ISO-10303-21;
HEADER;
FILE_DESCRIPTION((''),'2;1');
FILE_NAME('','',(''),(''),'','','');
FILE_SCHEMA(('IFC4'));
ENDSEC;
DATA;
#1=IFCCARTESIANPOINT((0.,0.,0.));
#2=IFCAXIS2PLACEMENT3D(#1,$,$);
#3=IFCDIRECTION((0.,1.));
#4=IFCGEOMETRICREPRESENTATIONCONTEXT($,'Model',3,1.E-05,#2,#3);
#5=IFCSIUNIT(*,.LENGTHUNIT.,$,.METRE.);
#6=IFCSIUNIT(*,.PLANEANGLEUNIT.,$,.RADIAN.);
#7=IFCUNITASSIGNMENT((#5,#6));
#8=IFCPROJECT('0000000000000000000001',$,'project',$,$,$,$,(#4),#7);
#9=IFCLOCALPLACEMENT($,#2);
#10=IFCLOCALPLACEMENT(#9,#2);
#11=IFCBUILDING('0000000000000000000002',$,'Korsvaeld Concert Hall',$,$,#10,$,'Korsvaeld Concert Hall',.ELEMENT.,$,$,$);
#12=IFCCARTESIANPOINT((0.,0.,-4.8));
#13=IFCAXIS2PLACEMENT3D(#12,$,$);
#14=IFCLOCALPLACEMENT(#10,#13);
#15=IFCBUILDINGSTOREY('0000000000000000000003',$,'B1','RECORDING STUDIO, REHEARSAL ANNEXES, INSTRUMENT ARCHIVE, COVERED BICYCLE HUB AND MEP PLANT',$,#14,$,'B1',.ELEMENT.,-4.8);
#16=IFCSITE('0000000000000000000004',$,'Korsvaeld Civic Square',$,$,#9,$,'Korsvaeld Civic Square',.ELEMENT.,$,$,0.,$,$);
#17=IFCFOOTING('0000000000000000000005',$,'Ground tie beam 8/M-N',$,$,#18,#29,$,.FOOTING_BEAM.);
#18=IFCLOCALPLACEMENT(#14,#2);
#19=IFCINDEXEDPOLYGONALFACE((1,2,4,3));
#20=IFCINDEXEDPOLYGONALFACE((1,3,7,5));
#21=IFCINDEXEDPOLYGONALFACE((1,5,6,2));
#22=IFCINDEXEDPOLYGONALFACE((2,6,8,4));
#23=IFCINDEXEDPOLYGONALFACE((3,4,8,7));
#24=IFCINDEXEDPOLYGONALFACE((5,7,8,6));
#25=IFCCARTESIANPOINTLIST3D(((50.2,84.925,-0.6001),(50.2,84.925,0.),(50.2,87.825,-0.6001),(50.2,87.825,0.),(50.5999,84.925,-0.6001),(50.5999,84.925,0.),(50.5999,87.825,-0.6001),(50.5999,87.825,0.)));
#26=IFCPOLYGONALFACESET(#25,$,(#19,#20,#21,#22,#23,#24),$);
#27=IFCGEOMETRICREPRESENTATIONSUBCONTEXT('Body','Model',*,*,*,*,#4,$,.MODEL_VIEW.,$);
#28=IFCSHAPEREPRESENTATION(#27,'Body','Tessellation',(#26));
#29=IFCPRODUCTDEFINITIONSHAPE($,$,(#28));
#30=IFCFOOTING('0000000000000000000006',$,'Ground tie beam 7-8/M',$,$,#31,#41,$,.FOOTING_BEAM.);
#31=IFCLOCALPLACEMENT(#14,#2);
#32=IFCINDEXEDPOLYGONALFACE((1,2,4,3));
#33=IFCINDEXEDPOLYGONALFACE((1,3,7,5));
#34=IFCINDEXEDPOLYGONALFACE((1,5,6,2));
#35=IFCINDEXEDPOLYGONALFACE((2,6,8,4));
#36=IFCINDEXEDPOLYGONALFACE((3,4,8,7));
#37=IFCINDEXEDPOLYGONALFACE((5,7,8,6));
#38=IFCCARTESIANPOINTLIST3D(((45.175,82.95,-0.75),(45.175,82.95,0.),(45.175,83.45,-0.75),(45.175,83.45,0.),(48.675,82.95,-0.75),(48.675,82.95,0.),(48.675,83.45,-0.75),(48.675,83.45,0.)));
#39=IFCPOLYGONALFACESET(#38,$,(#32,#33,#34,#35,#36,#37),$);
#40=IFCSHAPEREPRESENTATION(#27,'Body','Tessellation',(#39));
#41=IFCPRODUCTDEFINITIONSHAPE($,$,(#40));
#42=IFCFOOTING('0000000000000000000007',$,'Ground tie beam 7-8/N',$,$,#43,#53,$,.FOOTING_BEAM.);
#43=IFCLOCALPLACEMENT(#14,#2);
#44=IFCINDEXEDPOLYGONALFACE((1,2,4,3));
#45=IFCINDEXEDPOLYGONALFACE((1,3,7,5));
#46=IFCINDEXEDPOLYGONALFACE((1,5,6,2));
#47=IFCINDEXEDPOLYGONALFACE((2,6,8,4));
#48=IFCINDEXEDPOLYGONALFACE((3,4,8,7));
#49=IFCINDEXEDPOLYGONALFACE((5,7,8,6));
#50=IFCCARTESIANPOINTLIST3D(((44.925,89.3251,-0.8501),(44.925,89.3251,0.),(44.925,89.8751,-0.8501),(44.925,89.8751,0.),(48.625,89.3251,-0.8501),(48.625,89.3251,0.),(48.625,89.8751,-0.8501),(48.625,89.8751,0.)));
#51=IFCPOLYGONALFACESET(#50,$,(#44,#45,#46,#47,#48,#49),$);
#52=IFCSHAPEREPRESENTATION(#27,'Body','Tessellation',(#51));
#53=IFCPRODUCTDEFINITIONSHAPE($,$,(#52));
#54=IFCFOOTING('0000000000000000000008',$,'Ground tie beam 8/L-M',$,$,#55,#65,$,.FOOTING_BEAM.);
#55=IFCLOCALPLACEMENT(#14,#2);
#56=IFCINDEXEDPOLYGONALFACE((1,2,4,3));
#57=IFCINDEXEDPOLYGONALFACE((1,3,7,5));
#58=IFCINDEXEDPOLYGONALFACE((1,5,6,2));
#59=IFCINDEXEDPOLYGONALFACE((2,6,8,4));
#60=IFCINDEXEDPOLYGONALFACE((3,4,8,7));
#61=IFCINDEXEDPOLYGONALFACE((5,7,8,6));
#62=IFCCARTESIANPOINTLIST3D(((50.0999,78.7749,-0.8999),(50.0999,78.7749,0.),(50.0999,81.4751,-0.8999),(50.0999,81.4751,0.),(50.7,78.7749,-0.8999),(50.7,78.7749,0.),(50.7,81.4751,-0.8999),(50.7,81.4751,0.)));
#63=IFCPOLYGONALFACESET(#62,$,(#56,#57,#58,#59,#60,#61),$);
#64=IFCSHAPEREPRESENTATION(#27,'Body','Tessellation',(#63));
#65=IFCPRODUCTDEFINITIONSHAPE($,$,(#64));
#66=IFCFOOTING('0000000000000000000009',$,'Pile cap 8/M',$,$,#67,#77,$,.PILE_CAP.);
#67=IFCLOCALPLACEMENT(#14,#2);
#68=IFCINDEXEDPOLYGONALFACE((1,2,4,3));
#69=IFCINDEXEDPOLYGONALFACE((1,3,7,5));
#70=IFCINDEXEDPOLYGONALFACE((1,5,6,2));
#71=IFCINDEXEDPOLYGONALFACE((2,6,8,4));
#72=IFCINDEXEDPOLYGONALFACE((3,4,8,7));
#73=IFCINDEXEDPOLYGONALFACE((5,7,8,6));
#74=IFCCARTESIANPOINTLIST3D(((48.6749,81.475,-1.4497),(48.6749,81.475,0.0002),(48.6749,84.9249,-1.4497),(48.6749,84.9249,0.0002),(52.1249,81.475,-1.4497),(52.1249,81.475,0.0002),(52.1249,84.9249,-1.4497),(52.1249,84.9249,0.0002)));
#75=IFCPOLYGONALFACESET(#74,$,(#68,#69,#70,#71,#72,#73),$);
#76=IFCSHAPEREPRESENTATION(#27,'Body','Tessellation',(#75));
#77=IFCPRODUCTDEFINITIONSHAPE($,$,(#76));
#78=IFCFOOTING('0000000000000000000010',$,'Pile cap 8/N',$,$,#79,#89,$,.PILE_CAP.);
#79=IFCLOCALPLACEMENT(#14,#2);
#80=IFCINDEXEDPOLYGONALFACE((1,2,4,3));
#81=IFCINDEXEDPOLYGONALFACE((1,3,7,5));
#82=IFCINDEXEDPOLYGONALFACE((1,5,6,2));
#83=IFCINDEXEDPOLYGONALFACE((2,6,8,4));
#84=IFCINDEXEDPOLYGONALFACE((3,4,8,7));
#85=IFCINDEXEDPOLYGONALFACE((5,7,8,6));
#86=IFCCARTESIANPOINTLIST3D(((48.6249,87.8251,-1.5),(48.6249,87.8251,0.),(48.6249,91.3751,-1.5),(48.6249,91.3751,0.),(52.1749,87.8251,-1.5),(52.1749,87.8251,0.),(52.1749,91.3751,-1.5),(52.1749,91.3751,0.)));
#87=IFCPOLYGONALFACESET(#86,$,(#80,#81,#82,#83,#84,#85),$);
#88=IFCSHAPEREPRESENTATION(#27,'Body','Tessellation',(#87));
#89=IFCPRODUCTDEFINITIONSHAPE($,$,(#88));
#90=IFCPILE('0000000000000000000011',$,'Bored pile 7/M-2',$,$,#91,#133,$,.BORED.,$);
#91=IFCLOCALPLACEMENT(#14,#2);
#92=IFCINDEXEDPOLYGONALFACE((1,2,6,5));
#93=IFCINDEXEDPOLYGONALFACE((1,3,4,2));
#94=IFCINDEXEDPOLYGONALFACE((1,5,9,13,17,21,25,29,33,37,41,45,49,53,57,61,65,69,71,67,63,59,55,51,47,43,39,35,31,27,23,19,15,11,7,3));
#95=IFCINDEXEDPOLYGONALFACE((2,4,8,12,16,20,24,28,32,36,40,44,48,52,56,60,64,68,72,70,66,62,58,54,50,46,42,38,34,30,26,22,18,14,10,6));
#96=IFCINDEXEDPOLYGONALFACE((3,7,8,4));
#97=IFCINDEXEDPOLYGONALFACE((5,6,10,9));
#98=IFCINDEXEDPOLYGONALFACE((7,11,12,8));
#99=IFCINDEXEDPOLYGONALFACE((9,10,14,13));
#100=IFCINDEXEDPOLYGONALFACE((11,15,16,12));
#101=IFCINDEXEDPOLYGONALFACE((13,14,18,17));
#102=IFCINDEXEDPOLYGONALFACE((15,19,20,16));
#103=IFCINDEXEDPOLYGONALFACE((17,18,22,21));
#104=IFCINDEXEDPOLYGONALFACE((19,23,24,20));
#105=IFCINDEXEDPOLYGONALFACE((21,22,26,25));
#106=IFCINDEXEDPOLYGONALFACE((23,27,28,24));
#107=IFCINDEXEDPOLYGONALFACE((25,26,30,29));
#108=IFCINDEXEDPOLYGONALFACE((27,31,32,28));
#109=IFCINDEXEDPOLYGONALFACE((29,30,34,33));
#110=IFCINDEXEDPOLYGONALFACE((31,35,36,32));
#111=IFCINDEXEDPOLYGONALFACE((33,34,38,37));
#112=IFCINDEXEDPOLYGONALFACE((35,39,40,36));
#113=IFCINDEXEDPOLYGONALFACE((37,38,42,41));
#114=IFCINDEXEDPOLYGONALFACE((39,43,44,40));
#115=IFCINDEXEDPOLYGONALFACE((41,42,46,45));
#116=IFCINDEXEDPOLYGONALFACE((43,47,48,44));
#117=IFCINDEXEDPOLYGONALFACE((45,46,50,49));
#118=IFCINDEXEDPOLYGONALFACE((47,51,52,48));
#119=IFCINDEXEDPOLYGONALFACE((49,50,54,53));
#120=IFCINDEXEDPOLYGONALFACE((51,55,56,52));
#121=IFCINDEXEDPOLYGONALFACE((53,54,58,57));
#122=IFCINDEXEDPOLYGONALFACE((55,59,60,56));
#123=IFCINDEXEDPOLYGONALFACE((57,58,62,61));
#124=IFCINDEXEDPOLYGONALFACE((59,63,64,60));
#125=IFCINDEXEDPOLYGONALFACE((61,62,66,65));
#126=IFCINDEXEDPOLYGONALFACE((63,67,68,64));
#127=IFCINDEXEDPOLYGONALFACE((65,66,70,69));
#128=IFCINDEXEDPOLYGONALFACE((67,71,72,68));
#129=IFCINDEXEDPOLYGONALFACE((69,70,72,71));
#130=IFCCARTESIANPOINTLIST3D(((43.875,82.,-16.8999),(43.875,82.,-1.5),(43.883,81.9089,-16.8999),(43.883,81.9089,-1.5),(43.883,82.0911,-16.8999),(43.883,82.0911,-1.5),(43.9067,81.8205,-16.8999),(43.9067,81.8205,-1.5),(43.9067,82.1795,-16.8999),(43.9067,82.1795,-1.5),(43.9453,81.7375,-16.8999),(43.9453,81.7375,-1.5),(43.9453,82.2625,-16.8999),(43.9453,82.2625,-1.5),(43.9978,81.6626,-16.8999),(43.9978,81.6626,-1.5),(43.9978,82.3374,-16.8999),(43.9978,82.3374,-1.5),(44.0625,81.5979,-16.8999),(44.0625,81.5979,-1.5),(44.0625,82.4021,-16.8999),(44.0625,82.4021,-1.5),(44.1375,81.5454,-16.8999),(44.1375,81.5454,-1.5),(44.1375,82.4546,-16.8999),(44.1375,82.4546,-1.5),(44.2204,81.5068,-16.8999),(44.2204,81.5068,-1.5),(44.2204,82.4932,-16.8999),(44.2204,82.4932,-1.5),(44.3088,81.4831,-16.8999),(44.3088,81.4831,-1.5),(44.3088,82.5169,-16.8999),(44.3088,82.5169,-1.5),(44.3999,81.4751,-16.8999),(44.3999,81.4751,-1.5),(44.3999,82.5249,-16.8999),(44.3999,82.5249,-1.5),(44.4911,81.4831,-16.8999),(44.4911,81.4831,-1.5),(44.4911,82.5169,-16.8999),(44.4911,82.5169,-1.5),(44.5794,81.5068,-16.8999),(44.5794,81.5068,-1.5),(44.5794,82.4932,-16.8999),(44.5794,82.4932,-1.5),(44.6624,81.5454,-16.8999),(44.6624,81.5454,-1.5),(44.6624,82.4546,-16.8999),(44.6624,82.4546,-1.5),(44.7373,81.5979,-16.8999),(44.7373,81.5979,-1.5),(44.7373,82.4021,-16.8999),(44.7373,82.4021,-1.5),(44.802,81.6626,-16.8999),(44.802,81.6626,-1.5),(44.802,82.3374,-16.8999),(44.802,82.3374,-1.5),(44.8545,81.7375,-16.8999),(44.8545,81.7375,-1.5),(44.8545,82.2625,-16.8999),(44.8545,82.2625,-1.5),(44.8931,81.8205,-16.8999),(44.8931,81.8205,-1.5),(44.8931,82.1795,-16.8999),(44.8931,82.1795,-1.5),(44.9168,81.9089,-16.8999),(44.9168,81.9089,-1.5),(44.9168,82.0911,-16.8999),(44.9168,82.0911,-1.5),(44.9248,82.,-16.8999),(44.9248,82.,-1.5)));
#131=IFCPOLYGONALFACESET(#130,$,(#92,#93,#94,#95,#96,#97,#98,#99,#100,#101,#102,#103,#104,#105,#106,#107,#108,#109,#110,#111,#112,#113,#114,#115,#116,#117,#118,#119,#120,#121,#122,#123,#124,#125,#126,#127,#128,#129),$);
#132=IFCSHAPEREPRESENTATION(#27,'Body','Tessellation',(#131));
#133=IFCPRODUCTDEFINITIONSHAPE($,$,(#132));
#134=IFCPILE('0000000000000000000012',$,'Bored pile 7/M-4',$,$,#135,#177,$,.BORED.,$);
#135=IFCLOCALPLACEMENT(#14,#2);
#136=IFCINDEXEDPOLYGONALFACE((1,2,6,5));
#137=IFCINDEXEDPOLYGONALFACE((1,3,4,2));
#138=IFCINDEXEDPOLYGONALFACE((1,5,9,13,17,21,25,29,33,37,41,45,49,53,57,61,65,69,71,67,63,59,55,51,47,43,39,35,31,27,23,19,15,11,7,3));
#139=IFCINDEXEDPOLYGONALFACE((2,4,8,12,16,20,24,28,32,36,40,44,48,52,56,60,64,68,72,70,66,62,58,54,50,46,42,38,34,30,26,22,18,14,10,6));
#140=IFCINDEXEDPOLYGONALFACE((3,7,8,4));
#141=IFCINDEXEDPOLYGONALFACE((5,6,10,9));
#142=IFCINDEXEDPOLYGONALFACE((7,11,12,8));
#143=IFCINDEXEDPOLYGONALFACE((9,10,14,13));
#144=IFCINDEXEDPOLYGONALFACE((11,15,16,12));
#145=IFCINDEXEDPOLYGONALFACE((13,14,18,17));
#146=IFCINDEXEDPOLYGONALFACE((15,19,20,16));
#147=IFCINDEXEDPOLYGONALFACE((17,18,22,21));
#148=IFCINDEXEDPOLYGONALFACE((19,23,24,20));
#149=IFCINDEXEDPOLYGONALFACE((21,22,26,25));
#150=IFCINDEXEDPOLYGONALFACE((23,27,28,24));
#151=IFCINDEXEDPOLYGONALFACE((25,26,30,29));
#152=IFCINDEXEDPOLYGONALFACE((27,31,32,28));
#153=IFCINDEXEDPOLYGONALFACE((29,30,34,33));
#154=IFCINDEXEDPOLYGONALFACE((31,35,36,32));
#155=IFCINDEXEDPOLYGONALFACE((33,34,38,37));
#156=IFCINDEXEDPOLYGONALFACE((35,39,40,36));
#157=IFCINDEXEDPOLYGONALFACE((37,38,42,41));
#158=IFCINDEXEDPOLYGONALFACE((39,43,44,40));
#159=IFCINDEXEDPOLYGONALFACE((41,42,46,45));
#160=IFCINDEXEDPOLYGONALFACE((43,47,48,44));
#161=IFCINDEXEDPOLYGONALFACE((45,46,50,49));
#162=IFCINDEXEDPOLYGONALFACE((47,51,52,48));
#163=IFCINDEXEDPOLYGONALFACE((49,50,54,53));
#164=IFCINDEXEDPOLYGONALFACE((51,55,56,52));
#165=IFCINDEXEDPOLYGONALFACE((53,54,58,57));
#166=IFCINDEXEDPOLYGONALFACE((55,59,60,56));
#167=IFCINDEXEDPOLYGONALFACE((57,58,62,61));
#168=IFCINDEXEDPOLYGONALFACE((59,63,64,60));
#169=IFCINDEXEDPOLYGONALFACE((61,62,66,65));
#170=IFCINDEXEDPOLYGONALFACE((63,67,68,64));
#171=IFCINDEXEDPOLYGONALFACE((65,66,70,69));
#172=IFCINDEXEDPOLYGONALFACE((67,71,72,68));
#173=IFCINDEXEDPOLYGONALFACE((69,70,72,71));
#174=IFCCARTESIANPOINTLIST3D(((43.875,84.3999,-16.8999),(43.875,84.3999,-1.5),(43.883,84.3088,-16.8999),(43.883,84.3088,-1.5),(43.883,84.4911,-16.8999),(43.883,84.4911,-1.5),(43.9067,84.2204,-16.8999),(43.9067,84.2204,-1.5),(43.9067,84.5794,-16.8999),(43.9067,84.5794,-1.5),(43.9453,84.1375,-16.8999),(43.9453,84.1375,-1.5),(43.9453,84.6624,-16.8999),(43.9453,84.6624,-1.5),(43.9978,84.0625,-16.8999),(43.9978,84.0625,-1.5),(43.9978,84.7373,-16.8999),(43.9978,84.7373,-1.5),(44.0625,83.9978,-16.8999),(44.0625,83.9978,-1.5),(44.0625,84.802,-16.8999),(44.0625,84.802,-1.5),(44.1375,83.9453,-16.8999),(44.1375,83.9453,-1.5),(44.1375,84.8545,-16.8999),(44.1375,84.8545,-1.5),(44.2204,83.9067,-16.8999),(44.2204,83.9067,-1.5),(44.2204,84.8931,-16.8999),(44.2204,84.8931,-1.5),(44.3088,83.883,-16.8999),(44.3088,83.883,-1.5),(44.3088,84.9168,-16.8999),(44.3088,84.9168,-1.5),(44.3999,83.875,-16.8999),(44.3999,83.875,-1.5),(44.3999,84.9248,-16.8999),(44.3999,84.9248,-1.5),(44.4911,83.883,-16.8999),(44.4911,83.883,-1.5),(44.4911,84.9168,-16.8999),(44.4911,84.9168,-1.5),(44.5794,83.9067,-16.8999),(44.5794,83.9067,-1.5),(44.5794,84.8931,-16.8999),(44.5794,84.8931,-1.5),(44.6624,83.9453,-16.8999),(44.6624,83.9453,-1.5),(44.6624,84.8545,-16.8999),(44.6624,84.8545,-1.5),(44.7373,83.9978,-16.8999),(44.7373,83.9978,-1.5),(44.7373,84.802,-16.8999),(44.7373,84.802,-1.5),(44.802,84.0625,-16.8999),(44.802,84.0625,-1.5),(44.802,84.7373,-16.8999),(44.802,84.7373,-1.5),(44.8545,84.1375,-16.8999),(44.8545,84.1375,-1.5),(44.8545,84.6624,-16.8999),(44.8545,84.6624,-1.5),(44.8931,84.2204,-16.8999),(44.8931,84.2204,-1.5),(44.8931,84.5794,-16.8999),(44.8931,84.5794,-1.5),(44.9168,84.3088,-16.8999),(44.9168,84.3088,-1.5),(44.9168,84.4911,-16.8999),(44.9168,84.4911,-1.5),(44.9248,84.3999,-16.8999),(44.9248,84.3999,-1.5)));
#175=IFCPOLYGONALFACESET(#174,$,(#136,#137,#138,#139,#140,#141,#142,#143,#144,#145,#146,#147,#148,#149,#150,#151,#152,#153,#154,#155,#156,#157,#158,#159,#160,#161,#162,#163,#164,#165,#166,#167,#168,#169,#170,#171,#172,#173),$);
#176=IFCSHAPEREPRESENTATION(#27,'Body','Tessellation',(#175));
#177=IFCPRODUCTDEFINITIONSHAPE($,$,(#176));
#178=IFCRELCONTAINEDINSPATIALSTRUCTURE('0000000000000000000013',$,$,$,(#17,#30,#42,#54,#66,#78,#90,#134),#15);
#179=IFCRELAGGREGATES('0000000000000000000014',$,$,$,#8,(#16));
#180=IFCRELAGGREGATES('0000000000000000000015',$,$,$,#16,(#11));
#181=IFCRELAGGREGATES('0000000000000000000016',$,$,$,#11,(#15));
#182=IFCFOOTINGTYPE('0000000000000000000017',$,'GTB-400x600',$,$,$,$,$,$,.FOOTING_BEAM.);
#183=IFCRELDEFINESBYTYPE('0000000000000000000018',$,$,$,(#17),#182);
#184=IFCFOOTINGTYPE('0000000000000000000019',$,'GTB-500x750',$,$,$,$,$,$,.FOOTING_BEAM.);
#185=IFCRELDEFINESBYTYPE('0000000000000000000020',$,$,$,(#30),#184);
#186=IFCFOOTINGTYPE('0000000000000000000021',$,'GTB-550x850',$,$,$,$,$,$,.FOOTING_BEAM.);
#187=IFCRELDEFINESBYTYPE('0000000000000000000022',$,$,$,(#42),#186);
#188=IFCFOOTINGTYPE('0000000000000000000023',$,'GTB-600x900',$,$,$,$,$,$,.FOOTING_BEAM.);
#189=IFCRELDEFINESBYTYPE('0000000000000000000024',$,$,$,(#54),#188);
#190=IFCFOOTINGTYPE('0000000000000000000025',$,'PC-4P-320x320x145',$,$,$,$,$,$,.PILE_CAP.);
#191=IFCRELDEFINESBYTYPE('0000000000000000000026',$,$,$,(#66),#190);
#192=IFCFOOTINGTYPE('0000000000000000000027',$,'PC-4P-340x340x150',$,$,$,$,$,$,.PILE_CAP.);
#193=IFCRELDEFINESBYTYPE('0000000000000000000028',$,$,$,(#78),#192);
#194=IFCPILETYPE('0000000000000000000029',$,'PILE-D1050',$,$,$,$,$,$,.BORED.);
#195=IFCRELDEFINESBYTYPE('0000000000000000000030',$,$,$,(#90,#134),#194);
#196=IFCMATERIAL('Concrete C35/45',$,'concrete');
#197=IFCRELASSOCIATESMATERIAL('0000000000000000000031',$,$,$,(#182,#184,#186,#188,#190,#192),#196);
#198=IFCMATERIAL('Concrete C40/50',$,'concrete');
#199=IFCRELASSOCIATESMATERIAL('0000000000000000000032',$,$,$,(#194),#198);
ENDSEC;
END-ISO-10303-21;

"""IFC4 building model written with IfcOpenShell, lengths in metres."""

from ifc_helpers import new_model, si_unit, direction, frame, origin, origin_2d, place, context, subcontext, project, spatial, rectangle, circle, extrude, material, material_profile, profile_set, type_object, element, save


model = new_model("IFC4")

# Units and contexts
model_context = context("Model", 3, precision=1e-05, world=origin(), true_north=direction((0.0, 1.0)))
body_context = subcontext(model_context, "Body", "Model", "MODEL_VIEW")
ifc_project = project(units=[si_unit("LENGTHUNIT", "METRE"), si_unit("PLANEANGLEUNIT", "RADIAN")], contexts=[model_context])

# Site, building, storey
site_placement = place(None, origin())
site = spatial("IfcSite", under=ifc_project, at=site_placement, Name="Korsvaeld Civic Square", LongName="Korsvaeld Civic Square", CompositionType="ELEMENT", RefElevation=0.0)
building_placement = place(site_placement, origin())
building = spatial("IfcBuilding", under=site, at=building_placement, Name="Korsvaeld Concert Hall", LongName="Korsvaeld Concert Hall", CompositionType="ELEMENT")
storey_placement = place(building_placement, frame((0.0, 0.0, -4.8)))
storey = spatial("IfcBuildingStorey", under=building, at=storey_placement, Name="B1", Description="RECORDING STUDIO, REHEARSAL ANNEXES, INSTRUMENT ARCHIVE, COVERED BICYCLE HUB AND MEP PLANT", LongName="B1", CompositionType="ELEMENT", Elevation=-4.8)

# Footings
ifc_material_1 = material(Name="Concrete C35/45", Category="concrete")
ifc_material_profile_1 = material_profile(ifc_material_1, rectangle(XDim=0.3999, YDim=0.6001, at=origin_2d()), Name="GTB 400x600")
ifc_profile_set_1 = profile_set([ifc_material_profile_1], Name="Concrete C35/45")
footing_type_1 = type_object("IfcFootingType", Name="GTB-400x600", PredefinedType="FOOTING_BEAM", material=ifc_profile_set_1)
footing_1_placement = place(storey_placement, frame((50.3999, 84.925, -0.3), z_axis=(0.0, 1.0, 0.0), x_axis=(-1.0, 0.0, 0.0)))
element("IfcFooting", 1, at=footing_1_placement, inside=storey, type_object=footing_type_1, Name="Ground tie beam 8/M-N", PredefinedType="FOOTING_BEAM", context=body_context, shape_type="SweptSolid", body=[
    extrude(rectangle(XDim=0.3999, YDim=0.6001, at=origin_2d()), origin(), (0.0, 0.0, 1.0), 2.8999),
])
ifc_material_profile_2 = material_profile(ifc_material_1, rectangle(XDim=0.5, YDim=0.75, at=origin_2d()), Name="GTB 500x750")
ifc_profile_set_2 = profile_set([ifc_material_profile_2], Name="Concrete C35/45")
footing_type_2 = type_object("IfcFootingType", Name="GTB-500x750", PredefinedType="FOOTING_BEAM", material=ifc_profile_set_2)
footing_2_placement = place(storey_placement, frame((45.175, 83.2, -0.375), z_axis=(1.0, 0.0, 0.0), x_axis=(0.0, 1.0, 0.0)))
element("IfcFooting", 2, at=footing_2_placement, inside=storey, type_object=footing_type_2, Name="Ground tie beam 7-8/M", PredefinedType="FOOTING_BEAM", context=body_context, shape_type="SweptSolid", body=[
    extrude(rectangle(XDim=0.5, YDim=0.75, at=origin_2d()), origin(), (0.0, 0.0, 1.0), 3.5),
])
ifc_material_profile_3 = material_profile(ifc_material_1, rectangle(XDim=0.55, YDim=0.8501, at=origin_2d()), Name="GTB 550x850")
ifc_profile_set_3 = profile_set([ifc_material_profile_3], Name="Concrete C35/45")
footing_type_3 = type_object("IfcFootingType", Name="GTB-550x850", PredefinedType="FOOTING_BEAM", material=ifc_profile_set_3)
footing_3_placement = place(storey_placement, frame((44.925, 89.6001, -0.425), z_axis=(1.0, 0.0, 0.0), x_axis=(0.0, 1.0, 0.0)))
element("IfcFooting", 3, at=footing_3_placement, inside=storey, type_object=footing_type_3, Name="Ground tie beam 7-8/N", PredefinedType="FOOTING_BEAM", context=body_context, shape_type="SweptSolid", body=[
    extrude(rectangle(XDim=0.55, YDim=0.8501, at=origin_2d()), origin(), (0.0, 0.0, 1.0), 3.7),
])
ifc_material_profile_4 = material_profile(ifc_material_1, rectangle(XDim=0.6001, YDim=0.8999, at=origin_2d()), Name="GTB 600x900")
ifc_profile_set_4 = profile_set([ifc_material_profile_4], Name="Concrete C35/45")
footing_type_4 = type_object("IfcFootingType", Name="GTB-600x900", PredefinedType="FOOTING_BEAM", material=ifc_profile_set_4)
footing_4_placement = place(storey_placement, frame((50.3999, 78.7749, -0.45), z_axis=(0.0, 1.0, 0.0), x_axis=(-1.0, 0.0, 0.0)))
element("IfcFooting", 4, at=footing_4_placement, inside=storey, type_object=footing_type_4, Name="Ground tie beam 8/L-M", PredefinedType="FOOTING_BEAM", context=body_context, shape_type="SweptSolid", body=[
    extrude(rectangle(XDim=0.6001, YDim=0.8999, at=origin_2d()), origin(), (0.0, 0.0, 1.0), 2.7002),
])
footing_type_5 = type_object("IfcFootingType", Name="PC-4P-320x320x145", PredefinedType="PILE_CAP", material=ifc_material_1)
footing_5_placement = place(storey_placement, frame((50.3999, 83.2, -1.4497), z_axis=(0.0, 0.0, 1.0), x_axis=(1.0, 0.0, 0.0)))
element("IfcFooting", 5, at=footing_5_placement, inside=storey, type_object=footing_type_5, Name="Pile cap 8/M", PredefinedType="PILE_CAP", context=body_context, shape_type="SweptSolid", body=[
    extrude(rectangle(XDim=3.45, YDim=3.45, at=origin_2d()), origin(), (0.0, 0.0, 1.0), 1.45),
])
footing_type_6 = type_object("IfcFootingType", Name="PC-4P-340x340x150", PredefinedType="PILE_CAP", material=ifc_material_1)
footing_6_placement = place(storey_placement, frame((50.3999, 89.6001, -1.5), z_axis=(0.0, 0.0, 1.0), x_axis=(1.0, 0.0, 0.0)))
element("IfcFooting", 6, at=footing_6_placement, inside=storey, type_object=footing_type_6, Name="Pile cap 8/N", PredefinedType="PILE_CAP", context=body_context, shape_type="SweptSolid", body=[
    extrude(rectangle(XDim=3.55, YDim=3.55, at=origin_2d()), origin(), (0.0, 0.0, 1.0), 1.5),
])

# Piles
ifc_material_2 = material(Name="Concrete C40/50", Category="concrete")
ifc_material_profile_5 = material_profile(ifc_material_2, circle(Radius=0.5249, at=origin_2d()), Name="BORED PILE D1050")
ifc_profile_set_5 = profile_set([ifc_material_profile_5], Name="Concrete C40/50")
pile_type_1 = type_object("IfcPileType", Name="PILE-D1050", PredefinedType="BORED", material=ifc_profile_set_5)
for number, where, z_axis, x_axis, name in (
    (7, (44.3999, 82.0, -1.5), (0.0, 0.0, -1.0), (1.0, 0.0, 0.0), "Bored pile 7/M-2"),
    (8, (44.3999, 84.3999, -1.5), (0.0, 0.0, -1.0), (1.0, 0.0, 0.0), "Bored pile 7/M-4"),
):
    element("IfcPile", number, at=place(storey_placement, frame(where, z_axis=z_axis, x_axis=x_axis)), inside=storey, type_object=pile_type_1, Name=name, PredefinedType="BORED", context=body_context, shape_type="SweptSolid", body=[
        extrude(circle(Radius=0.5249, at=origin_2d()), origin(), (0.0, 0.0, 1.0), 15.3999),
    ])

save(model, "model.ifc")
